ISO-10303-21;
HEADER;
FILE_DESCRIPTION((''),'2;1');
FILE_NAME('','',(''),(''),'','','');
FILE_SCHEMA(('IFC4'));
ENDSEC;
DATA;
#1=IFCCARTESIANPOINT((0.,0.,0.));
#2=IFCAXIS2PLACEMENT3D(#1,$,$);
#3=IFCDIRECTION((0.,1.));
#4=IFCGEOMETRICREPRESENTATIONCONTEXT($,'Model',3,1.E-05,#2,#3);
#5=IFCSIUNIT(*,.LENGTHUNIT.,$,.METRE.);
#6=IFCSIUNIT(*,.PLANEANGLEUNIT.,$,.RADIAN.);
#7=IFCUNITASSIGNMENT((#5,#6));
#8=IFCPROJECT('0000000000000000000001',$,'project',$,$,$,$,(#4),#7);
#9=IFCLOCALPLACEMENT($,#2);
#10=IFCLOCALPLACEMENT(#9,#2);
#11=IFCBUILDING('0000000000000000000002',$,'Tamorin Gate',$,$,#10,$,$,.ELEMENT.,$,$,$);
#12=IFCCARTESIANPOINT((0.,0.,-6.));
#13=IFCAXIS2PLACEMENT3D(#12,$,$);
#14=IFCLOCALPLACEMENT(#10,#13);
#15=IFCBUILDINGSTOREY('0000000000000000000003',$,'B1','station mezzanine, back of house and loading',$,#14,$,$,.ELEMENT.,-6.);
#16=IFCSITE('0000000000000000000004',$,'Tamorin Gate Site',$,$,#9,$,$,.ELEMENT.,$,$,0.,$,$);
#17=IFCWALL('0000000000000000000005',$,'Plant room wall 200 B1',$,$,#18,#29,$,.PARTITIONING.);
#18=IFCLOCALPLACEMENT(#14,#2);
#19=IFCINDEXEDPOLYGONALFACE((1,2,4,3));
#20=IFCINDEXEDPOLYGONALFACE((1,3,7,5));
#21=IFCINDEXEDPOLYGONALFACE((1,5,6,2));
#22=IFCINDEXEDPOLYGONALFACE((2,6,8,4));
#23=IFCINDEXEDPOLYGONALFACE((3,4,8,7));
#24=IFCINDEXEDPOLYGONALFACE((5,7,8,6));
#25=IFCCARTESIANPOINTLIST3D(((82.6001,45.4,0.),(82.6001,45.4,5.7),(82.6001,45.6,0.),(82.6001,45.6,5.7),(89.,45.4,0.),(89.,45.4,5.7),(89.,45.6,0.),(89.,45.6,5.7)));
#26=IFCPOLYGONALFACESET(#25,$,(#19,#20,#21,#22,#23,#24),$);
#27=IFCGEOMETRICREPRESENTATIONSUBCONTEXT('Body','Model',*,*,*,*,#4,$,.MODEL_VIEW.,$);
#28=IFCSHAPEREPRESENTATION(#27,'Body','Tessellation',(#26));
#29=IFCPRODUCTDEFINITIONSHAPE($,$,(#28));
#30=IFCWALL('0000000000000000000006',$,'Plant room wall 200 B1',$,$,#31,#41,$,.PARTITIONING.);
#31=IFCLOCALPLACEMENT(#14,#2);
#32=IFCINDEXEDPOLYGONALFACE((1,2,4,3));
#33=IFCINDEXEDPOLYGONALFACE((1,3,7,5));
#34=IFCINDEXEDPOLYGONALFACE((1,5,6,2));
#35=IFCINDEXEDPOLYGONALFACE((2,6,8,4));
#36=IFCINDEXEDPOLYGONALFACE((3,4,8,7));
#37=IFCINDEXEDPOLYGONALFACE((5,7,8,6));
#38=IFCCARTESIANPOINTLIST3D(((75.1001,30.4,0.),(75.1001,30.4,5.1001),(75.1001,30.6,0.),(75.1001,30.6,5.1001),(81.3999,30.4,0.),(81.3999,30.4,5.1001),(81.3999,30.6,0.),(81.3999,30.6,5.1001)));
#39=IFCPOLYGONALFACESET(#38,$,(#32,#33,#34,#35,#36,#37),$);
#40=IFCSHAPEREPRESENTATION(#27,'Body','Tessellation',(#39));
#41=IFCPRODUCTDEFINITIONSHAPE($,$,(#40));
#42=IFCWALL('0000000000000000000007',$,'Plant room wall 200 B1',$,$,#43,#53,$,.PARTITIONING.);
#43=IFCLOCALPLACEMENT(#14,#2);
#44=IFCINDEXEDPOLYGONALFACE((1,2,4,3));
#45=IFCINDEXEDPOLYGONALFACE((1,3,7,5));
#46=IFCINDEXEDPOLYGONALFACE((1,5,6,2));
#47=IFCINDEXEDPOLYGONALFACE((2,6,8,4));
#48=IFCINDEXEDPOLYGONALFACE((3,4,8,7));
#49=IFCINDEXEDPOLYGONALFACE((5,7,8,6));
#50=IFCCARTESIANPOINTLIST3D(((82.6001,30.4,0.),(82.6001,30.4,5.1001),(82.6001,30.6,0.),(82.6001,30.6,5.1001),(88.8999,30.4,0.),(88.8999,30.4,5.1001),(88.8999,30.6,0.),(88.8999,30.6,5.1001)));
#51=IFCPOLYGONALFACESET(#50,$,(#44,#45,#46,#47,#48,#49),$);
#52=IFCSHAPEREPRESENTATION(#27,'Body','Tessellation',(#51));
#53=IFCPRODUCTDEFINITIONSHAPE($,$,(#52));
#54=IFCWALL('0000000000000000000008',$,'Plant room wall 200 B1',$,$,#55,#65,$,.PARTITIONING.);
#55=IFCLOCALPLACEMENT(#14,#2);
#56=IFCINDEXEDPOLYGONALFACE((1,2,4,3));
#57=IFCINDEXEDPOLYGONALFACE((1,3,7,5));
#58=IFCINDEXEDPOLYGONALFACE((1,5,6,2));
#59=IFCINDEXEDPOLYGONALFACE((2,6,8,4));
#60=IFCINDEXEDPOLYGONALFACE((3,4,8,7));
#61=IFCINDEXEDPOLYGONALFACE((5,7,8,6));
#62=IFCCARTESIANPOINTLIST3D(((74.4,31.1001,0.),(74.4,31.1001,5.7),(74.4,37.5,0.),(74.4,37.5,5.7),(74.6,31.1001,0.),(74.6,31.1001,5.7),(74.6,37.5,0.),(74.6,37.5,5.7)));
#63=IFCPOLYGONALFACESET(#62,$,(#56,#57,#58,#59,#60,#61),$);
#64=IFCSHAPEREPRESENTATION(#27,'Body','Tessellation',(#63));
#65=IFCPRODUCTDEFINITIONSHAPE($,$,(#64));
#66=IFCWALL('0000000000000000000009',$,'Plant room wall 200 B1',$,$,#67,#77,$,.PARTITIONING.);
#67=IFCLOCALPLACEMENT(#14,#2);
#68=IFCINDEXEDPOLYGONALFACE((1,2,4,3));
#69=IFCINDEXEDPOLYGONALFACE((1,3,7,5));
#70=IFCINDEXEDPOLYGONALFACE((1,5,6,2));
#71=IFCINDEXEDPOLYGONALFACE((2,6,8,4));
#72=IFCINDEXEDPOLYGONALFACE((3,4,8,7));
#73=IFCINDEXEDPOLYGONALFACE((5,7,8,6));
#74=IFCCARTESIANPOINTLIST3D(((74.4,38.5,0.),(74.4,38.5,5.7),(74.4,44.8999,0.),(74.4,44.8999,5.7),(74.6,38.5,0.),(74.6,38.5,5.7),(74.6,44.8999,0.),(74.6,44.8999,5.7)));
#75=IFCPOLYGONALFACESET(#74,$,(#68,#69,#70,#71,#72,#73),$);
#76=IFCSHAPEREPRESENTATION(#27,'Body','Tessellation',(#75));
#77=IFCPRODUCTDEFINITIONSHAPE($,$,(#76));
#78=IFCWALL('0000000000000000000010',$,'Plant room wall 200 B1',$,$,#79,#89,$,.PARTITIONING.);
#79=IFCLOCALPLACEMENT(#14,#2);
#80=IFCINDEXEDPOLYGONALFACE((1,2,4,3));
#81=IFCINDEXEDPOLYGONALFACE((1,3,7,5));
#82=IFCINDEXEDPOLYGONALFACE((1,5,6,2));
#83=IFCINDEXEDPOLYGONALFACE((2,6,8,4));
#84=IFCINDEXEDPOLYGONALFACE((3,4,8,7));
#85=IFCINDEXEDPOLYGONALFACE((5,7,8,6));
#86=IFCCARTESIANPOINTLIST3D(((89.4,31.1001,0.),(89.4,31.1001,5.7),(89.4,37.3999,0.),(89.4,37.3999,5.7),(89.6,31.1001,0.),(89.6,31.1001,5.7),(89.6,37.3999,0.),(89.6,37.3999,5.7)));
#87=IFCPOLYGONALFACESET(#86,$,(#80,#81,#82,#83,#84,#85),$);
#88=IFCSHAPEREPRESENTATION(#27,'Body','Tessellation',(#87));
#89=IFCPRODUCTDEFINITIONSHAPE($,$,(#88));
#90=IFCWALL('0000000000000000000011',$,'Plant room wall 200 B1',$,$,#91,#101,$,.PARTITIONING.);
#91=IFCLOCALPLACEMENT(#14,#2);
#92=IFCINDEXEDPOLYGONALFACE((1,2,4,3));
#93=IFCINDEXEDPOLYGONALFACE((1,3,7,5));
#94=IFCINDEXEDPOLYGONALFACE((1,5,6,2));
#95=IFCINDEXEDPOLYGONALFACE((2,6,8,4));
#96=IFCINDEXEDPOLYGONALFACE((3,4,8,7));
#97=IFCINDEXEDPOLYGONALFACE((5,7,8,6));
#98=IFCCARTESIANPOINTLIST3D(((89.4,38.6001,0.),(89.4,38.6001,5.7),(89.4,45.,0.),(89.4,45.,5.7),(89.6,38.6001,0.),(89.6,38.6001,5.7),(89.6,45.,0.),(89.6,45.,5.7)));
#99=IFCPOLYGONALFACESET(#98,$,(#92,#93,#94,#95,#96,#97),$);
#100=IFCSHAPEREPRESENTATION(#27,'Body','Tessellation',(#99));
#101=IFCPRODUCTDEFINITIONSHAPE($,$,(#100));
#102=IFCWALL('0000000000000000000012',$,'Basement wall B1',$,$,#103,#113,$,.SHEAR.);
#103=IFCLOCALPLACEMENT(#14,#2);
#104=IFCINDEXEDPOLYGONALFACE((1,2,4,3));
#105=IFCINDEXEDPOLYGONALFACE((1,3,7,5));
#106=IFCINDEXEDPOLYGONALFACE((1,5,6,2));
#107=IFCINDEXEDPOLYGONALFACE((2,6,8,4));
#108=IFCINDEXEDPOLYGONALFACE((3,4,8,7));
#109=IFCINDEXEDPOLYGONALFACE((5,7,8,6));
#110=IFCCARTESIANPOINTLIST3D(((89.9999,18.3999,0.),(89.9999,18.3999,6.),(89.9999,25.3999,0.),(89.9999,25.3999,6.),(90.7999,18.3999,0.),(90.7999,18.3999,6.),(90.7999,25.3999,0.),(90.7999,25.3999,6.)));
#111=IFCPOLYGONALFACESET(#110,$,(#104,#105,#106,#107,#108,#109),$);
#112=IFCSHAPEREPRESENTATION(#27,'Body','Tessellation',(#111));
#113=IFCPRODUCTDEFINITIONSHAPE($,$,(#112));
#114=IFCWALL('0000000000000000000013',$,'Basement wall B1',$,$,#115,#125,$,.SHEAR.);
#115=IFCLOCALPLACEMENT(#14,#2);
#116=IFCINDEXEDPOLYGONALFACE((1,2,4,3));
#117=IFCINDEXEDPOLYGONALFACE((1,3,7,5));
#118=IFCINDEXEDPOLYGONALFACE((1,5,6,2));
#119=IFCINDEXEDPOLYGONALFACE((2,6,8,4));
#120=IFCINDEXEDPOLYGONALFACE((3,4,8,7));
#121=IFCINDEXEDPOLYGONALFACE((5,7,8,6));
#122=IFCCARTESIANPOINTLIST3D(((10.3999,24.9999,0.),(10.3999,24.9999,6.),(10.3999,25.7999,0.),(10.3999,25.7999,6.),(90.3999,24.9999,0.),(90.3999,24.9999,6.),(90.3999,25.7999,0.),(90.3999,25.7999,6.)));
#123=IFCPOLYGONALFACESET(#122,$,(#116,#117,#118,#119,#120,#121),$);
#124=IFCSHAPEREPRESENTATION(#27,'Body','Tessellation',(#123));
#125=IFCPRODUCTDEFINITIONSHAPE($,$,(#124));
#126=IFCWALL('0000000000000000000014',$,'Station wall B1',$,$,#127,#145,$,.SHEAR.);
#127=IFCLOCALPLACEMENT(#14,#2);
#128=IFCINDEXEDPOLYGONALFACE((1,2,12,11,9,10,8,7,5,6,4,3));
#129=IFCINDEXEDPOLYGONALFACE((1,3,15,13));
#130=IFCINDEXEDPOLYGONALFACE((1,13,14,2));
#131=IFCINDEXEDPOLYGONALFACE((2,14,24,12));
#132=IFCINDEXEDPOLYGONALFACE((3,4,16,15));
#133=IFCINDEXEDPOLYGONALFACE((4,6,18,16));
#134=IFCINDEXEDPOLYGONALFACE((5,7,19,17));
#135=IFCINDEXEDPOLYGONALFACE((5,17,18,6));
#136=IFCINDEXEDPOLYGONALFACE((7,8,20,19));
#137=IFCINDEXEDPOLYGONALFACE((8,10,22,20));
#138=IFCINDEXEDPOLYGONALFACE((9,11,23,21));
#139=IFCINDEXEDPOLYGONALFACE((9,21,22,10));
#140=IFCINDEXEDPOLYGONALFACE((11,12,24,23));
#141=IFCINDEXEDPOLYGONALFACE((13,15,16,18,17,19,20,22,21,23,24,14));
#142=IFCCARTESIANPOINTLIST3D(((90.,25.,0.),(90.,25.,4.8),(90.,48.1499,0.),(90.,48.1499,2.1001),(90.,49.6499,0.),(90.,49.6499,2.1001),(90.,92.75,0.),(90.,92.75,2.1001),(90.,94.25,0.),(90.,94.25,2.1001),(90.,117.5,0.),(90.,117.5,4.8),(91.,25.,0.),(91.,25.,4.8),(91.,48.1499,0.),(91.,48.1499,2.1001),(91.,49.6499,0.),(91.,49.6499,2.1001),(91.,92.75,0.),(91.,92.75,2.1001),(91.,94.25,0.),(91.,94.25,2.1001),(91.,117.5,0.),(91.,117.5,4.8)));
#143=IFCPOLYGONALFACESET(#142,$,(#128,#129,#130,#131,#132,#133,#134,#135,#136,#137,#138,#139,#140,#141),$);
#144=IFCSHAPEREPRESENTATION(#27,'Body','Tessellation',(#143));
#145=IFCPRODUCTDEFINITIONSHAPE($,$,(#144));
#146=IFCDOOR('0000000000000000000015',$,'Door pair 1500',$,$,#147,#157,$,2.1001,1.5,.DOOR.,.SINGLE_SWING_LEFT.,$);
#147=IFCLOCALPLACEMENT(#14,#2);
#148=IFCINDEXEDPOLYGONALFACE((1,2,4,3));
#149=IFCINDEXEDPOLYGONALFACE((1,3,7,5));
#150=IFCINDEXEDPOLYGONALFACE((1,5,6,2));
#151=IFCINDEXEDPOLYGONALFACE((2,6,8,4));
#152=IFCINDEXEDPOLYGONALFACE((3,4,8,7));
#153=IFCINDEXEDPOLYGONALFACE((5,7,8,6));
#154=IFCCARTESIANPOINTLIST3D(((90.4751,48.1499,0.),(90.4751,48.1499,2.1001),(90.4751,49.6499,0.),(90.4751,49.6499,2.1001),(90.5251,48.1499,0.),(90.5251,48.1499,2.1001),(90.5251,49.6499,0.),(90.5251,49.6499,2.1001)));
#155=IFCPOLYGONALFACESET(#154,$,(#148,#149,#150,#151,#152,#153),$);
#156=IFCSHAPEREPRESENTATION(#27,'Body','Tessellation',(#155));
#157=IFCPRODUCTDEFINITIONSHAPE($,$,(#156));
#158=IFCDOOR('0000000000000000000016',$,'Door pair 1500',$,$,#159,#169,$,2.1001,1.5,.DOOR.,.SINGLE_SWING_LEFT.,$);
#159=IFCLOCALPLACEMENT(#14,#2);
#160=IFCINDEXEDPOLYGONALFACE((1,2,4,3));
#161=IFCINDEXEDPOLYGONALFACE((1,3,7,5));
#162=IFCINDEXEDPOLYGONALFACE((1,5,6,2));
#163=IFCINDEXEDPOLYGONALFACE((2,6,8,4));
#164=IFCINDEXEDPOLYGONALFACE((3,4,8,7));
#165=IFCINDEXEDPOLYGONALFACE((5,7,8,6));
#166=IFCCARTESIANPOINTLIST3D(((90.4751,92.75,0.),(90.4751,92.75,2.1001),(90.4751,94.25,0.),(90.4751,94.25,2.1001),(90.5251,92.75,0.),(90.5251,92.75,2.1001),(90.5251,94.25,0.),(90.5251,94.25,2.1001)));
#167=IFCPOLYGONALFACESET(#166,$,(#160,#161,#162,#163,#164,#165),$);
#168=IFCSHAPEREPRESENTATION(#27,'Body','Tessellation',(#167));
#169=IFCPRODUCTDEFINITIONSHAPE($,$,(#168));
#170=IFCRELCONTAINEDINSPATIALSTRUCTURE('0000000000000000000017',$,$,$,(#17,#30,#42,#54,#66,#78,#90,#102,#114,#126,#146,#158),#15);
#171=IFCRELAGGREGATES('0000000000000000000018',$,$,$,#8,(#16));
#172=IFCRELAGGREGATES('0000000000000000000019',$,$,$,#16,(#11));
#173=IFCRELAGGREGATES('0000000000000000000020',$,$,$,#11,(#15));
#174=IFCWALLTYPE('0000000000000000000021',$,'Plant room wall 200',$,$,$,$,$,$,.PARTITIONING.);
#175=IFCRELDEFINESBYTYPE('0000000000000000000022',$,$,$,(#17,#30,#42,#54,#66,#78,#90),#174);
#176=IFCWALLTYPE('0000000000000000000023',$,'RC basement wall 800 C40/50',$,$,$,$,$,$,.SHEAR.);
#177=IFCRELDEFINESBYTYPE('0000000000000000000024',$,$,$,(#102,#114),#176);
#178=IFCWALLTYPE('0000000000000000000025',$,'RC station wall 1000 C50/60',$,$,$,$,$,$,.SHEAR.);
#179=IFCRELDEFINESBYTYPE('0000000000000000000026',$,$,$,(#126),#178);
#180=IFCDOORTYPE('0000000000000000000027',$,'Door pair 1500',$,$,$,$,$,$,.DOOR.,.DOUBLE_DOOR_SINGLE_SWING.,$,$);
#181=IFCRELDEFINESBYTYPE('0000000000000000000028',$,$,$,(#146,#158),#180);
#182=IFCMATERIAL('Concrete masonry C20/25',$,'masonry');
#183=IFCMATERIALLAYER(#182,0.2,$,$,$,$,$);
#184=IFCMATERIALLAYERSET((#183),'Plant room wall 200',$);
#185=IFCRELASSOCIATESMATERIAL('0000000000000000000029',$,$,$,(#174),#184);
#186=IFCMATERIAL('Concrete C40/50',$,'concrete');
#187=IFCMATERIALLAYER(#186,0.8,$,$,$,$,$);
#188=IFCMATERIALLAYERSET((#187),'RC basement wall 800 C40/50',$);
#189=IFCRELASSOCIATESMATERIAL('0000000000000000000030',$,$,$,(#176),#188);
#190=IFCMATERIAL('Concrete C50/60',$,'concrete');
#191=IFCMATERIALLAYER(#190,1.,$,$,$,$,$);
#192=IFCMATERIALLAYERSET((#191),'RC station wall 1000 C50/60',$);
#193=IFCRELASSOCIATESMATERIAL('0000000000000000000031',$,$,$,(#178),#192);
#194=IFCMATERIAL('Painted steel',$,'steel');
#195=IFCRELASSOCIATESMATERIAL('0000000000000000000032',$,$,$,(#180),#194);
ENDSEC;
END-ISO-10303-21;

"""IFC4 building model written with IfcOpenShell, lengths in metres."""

from ifc_helpers import new_model, si_unit, direction, frame, frame_2d, origin, place, context, subcontext, project, spatial, rectangle, extrude, material, layer, layer_set, type_object, element, fill, save


model = new_model("IFC4")

# Units and contexts
model_context = context("Model", 3, precision=1e-05, world=origin(), true_north=direction((0.0, 1.0)))
body_context = subcontext(model_context, "Body", "Model", "MODEL_VIEW")
ifc_project = project(units=[si_unit("LENGTHUNIT", "METRE"), si_unit("PLANEANGLEUNIT", "RADIAN")], contexts=[model_context])

# Site, building, storey
site_placement = place(None, origin())
site = spatial("IfcSite", under=ifc_project, at=site_placement, Name="Tamorin Gate Site", CompositionType="ELEMENT", RefElevation=0.0)
building_placement = place(site_placement, origin())
building = spatial("IfcBuilding", under=site, at=building_placement, Name="Tamorin Gate", CompositionType="ELEMENT")
storey_placement = place(building_placement, frame((0.0, 0.0, -6.0)))
storey = spatial("IfcBuildingStorey", under=building, at=storey_placement, Name="B1", Description="station mezzanine, back of house and loading", CompositionType="ELEMENT", Elevation=-6.0)

# Shared definitions
ifc_material_1 = material(Name="Concrete masonry C20/25", Category="masonry")

# Shared definitions
ifc_material_2 = material(Name="Painted steel", Category="steel")

# Shared definitions
ifc_layer_1 = layer(ifc_material_1, 0.2)
ifc_layer_set_1 = layer_set([ifc_layer_1], Name="Plant room wall 200")
wall_type_1 = type_object("IfcWallType", Name="Plant room wall 200", PredefinedType="PARTITIONING", material=ifc_layer_set_1)

# Walls
wall_1_placement = place(storey_placement, frame((82.6001, 45.5, 0.0), z_axis=(0.0, 0.0, 1.0), x_axis=(1.0, 0.0, 0.0)))
element("IfcWall", 1, at=wall_1_placement, inside=storey, type_object=wall_type_1, Name="Plant room wall 200 B1", PredefinedType="PARTITIONING", context=body_context, shape_type="SweptSolid", body=[
    extrude(rectangle(XDim=6.3999, YDim=0.2, at=frame_2d((3.2, 0.0))), origin(), (0.0, 0.0, 1.0), 5.7),
])
for number, where, z_axis, x_axis, name in (
    (2, (75.1001, 30.5, 0.0), (0.0, 0.0, 1.0), (1.0, 0.0, 0.0), "Plant room wall 200 B1"),
    (3, (82.6001, 30.5, 0.0), (0.0, 0.0, 1.0), (1.0, 0.0, 0.0), "Plant room wall 200 B1"),
):
    element("IfcWall", number, at=place(storey_placement, frame(where, z_axis=z_axis, x_axis=x_axis)), inside=storey, type_object=wall_type_1, Name=name, PredefinedType="PARTITIONING", context=body_context, shape_type="SweptSolid", body=[
        extrude(rectangle(XDim=6.2998, YDim=0.2, at=frame_2d((3.1499, 0.0))), origin(), (0.0, 0.0, 1.0), 5.1001),
    ])
for number, where, z_axis, x_axis, name in (
    (4, (74.5, 31.1001, 0.0), (0.0, 0.0, 1.0), (0.0, 1.0, 0.0), "Plant room wall 200 B1"),
    (5, (74.5, 38.5, 0.0), (0.0, 0.0, 1.0), (0.0, 1.0, 0.0), "Plant room wall 200 B1"),
):
    element("IfcWall", number, at=place(storey_placement, frame(where, z_axis=z_axis, x_axis=x_axis)), inside=storey, type_object=wall_type_1, Name=name, PredefinedType="PARTITIONING", context=body_context, shape_type="SweptSolid", body=[
        extrude(rectangle(XDim=6.3999, YDim=0.2, at=frame_2d((3.2, 0.0))), origin(), (0.0, 0.0, 1.0), 5.7),
    ])
wall_2_placement = place(storey_placement, frame((89.5, 31.1001, 0.0), z_axis=(0.0, 0.0, 1.0), x_axis=(0.0, 1.0, 0.0)))
element("IfcWall", 6, at=wall_2_placement, inside=storey, type_object=wall_type_1, Name="Plant room wall 200 B1", PredefinedType="PARTITIONING", context=body_context, shape_type="SweptSolid", body=[
    extrude(rectangle(XDim=6.2998, YDim=0.2, at=frame_2d((3.1499, 0.0))), origin(), (0.0, 0.0, 1.0), 5.7),
])
wall_3_placement = place(storey_placement, frame((89.5, 38.6001, 0.0), z_axis=(0.0, 0.0, 1.0), x_axis=(0.0, 1.0, 0.0)))
element("IfcWall", 7, at=wall_3_placement, inside=storey, type_object=wall_type_1, Name="Plant room wall 200 B1", PredefinedType="PARTITIONING", context=body_context, shape_type="SweptSolid", body=[
    extrude(rectangle(XDim=6.3999, YDim=0.2, at=frame_2d((3.2, 0.0))), origin(), (0.0, 0.0, 1.0), 5.7),
])
ifc_material_3 = material(Name="Concrete C40/50", Category="concrete")
ifc_layer_2 = layer(ifc_material_3, 0.8)
ifc_layer_set_2 = layer_set([ifc_layer_2], Name="RC basement wall 800 C40/50")
wall_type_2 = type_object("IfcWallType", Name="RC basement wall 800 C40/50", PredefinedType="SHEAR", material=ifc_layer_set_2)
wall_4_placement = place(storey_placement, frame((90.3999, 18.3999, 0.0), z_axis=(0.0, 0.0, 1.0), x_axis=(0.0, 1.0, 0.0)))
element("IfcWall", 8, at=wall_4_placement, inside=storey, type_object=wall_type_2, Name="Basement wall B1", PredefinedType="SHEAR", context=body_context, shape_type="SweptSolid", body=[
    extrude(rectangle(XDim=7.0, YDim=0.8, at=frame_2d((3.5, 0.0))), origin(), (0.0, 0.0, 1.0), 6.0),
])
wall_5_placement = place(storey_placement, frame((90.3999, 25.3999, 0.0), z_axis=(0.0, 0.0, 1.0), x_axis=(-1.0, 0.0, 0.0)))
element("IfcWall", 9, at=wall_5_placement, inside=storey, type_object=wall_type_2, Name="Basement wall B1", PredefinedType="SHEAR", context=body_context, shape_type="SweptSolid", body=[
    extrude(rectangle(XDim=80.0, YDim=0.8, at=frame_2d((40.0, 0.0))), origin(), (0.0, 0.0, 1.0), 6.0),
])

# Wall, openings, doors
ifc_material_4 = material(Name="Concrete C50/60", Category="concrete")
ifc_layer_3 = layer(ifc_material_4, 1.0)
ifc_layer_set_3 = layer_set([ifc_layer_3], Name="RC station wall 1000 C50/60")
wall_type_3 = type_object("IfcWallType", Name="RC station wall 1000 C50/60", PredefinedType="SHEAR", material=ifc_layer_set_3)
wall_6_placement = place(storey_placement, frame((90.5, 25.0, 0.0), z_axis=(0.0, 0.0, 1.0), x_axis=(0.0, 1.0, 0.0)))
wall_6 = element("IfcWall", 10, at=wall_6_placement, inside=storey, type_object=wall_type_3, Name="Station wall B1", PredefinedType="SHEAR", context=body_context, shape_type="SweptSolid", body=[
    extrude(rectangle(XDim=92.5, YDim=1.0, at=frame_2d((46.25, 0.0))), origin(), (0.0, 0.0, 1.0), 4.8),
])
opening_1_placement = place(wall_6_placement, frame((23.1499, 0.0, 0.0)))
opening_1 = element("IfcOpeningElement", 11, at=opening_1_placement, cuts=wall_6, PredefinedType="OPENING", context=body_context, shape_type="SweptSolid", body=[
    extrude(rectangle(XDim=1.5, YDim=2.1001, at=frame_2d((0.75, 1.05))), frame((0.0, 0.51, 0.0), z_axis=(0.0, -1.0, 0.0), x_axis=(1.0, 0.0, 0.0)), (0.0, 0.0, 1.0), 1.02),
])
opening_2_placement = place(wall_6_placement, frame((67.75, 0.0, 0.0)))
opening_2 = element("IfcOpeningElement", 12, at=opening_2_placement, cuts=wall_6, PredefinedType="OPENING", context=body_context, shape_type="SweptSolid", body=[
    extrude(rectangle(XDim=1.5, YDim=2.1001, at=frame_2d((0.75, 1.05))), frame((0.0, 0.51, 0.0), z_axis=(0.0, -1.0, 0.0), x_axis=(1.0, 0.0, 0.0)), (0.0, 0.0, 1.0), 1.02),
])
door_type_1 = type_object("IfcDoorType", Name="Door pair 1500", OperationType="DOUBLE_DOOR_SINGLE_SWING", PredefinedType="DOOR", material=ifc_material_2)
door_1_placement = place(opening_1_placement, origin())
door_1 = element("IfcDoor", 13, at=door_1_placement, inside=storey, type_object=door_type_1, Name="Door pair 1500", OperationType="SINGLE_SWING_LEFT", OverallHeight=2.1001, OverallWidth=1.5, PredefinedType="DOOR", context=body_context, shape_type="SweptSolid", body=[
    extrude(rectangle(XDim=1.5, YDim=2.1001, at=frame_2d((0.75, 1.05))), frame((0.0, 0.0249, 0.0), z_axis=(0.0, -1.0, 0.0), x_axis=(1.0, 0.0, 0.0)), (0.0, 0.0, 1.0), 0.05),
])
fill(opening_1, door_1)
door_2_placement = place(opening_2_placement, origin())
door_2 = element("IfcDoor", 14, at=door_2_placement, inside=storey, type_object=door_type_1, Name="Door pair 1500", OperationType="SINGLE_SWING_LEFT", OverallHeight=2.1001, OverallWidth=1.5, PredefinedType="DOOR", context=body_context, shape_type="SweptSolid", body=[
    extrude(rectangle(XDim=1.5, YDim=2.1001, at=frame_2d((0.75, 1.05))), frame((0.0, 0.0249, 0.0), z_axis=(0.0, -1.0, 0.0), x_axis=(1.0, 0.0, 0.0)), (0.0, 0.0, 1.0), 0.05),
])
fill(opening_2, door_2)

save(model, "model.ifc")
